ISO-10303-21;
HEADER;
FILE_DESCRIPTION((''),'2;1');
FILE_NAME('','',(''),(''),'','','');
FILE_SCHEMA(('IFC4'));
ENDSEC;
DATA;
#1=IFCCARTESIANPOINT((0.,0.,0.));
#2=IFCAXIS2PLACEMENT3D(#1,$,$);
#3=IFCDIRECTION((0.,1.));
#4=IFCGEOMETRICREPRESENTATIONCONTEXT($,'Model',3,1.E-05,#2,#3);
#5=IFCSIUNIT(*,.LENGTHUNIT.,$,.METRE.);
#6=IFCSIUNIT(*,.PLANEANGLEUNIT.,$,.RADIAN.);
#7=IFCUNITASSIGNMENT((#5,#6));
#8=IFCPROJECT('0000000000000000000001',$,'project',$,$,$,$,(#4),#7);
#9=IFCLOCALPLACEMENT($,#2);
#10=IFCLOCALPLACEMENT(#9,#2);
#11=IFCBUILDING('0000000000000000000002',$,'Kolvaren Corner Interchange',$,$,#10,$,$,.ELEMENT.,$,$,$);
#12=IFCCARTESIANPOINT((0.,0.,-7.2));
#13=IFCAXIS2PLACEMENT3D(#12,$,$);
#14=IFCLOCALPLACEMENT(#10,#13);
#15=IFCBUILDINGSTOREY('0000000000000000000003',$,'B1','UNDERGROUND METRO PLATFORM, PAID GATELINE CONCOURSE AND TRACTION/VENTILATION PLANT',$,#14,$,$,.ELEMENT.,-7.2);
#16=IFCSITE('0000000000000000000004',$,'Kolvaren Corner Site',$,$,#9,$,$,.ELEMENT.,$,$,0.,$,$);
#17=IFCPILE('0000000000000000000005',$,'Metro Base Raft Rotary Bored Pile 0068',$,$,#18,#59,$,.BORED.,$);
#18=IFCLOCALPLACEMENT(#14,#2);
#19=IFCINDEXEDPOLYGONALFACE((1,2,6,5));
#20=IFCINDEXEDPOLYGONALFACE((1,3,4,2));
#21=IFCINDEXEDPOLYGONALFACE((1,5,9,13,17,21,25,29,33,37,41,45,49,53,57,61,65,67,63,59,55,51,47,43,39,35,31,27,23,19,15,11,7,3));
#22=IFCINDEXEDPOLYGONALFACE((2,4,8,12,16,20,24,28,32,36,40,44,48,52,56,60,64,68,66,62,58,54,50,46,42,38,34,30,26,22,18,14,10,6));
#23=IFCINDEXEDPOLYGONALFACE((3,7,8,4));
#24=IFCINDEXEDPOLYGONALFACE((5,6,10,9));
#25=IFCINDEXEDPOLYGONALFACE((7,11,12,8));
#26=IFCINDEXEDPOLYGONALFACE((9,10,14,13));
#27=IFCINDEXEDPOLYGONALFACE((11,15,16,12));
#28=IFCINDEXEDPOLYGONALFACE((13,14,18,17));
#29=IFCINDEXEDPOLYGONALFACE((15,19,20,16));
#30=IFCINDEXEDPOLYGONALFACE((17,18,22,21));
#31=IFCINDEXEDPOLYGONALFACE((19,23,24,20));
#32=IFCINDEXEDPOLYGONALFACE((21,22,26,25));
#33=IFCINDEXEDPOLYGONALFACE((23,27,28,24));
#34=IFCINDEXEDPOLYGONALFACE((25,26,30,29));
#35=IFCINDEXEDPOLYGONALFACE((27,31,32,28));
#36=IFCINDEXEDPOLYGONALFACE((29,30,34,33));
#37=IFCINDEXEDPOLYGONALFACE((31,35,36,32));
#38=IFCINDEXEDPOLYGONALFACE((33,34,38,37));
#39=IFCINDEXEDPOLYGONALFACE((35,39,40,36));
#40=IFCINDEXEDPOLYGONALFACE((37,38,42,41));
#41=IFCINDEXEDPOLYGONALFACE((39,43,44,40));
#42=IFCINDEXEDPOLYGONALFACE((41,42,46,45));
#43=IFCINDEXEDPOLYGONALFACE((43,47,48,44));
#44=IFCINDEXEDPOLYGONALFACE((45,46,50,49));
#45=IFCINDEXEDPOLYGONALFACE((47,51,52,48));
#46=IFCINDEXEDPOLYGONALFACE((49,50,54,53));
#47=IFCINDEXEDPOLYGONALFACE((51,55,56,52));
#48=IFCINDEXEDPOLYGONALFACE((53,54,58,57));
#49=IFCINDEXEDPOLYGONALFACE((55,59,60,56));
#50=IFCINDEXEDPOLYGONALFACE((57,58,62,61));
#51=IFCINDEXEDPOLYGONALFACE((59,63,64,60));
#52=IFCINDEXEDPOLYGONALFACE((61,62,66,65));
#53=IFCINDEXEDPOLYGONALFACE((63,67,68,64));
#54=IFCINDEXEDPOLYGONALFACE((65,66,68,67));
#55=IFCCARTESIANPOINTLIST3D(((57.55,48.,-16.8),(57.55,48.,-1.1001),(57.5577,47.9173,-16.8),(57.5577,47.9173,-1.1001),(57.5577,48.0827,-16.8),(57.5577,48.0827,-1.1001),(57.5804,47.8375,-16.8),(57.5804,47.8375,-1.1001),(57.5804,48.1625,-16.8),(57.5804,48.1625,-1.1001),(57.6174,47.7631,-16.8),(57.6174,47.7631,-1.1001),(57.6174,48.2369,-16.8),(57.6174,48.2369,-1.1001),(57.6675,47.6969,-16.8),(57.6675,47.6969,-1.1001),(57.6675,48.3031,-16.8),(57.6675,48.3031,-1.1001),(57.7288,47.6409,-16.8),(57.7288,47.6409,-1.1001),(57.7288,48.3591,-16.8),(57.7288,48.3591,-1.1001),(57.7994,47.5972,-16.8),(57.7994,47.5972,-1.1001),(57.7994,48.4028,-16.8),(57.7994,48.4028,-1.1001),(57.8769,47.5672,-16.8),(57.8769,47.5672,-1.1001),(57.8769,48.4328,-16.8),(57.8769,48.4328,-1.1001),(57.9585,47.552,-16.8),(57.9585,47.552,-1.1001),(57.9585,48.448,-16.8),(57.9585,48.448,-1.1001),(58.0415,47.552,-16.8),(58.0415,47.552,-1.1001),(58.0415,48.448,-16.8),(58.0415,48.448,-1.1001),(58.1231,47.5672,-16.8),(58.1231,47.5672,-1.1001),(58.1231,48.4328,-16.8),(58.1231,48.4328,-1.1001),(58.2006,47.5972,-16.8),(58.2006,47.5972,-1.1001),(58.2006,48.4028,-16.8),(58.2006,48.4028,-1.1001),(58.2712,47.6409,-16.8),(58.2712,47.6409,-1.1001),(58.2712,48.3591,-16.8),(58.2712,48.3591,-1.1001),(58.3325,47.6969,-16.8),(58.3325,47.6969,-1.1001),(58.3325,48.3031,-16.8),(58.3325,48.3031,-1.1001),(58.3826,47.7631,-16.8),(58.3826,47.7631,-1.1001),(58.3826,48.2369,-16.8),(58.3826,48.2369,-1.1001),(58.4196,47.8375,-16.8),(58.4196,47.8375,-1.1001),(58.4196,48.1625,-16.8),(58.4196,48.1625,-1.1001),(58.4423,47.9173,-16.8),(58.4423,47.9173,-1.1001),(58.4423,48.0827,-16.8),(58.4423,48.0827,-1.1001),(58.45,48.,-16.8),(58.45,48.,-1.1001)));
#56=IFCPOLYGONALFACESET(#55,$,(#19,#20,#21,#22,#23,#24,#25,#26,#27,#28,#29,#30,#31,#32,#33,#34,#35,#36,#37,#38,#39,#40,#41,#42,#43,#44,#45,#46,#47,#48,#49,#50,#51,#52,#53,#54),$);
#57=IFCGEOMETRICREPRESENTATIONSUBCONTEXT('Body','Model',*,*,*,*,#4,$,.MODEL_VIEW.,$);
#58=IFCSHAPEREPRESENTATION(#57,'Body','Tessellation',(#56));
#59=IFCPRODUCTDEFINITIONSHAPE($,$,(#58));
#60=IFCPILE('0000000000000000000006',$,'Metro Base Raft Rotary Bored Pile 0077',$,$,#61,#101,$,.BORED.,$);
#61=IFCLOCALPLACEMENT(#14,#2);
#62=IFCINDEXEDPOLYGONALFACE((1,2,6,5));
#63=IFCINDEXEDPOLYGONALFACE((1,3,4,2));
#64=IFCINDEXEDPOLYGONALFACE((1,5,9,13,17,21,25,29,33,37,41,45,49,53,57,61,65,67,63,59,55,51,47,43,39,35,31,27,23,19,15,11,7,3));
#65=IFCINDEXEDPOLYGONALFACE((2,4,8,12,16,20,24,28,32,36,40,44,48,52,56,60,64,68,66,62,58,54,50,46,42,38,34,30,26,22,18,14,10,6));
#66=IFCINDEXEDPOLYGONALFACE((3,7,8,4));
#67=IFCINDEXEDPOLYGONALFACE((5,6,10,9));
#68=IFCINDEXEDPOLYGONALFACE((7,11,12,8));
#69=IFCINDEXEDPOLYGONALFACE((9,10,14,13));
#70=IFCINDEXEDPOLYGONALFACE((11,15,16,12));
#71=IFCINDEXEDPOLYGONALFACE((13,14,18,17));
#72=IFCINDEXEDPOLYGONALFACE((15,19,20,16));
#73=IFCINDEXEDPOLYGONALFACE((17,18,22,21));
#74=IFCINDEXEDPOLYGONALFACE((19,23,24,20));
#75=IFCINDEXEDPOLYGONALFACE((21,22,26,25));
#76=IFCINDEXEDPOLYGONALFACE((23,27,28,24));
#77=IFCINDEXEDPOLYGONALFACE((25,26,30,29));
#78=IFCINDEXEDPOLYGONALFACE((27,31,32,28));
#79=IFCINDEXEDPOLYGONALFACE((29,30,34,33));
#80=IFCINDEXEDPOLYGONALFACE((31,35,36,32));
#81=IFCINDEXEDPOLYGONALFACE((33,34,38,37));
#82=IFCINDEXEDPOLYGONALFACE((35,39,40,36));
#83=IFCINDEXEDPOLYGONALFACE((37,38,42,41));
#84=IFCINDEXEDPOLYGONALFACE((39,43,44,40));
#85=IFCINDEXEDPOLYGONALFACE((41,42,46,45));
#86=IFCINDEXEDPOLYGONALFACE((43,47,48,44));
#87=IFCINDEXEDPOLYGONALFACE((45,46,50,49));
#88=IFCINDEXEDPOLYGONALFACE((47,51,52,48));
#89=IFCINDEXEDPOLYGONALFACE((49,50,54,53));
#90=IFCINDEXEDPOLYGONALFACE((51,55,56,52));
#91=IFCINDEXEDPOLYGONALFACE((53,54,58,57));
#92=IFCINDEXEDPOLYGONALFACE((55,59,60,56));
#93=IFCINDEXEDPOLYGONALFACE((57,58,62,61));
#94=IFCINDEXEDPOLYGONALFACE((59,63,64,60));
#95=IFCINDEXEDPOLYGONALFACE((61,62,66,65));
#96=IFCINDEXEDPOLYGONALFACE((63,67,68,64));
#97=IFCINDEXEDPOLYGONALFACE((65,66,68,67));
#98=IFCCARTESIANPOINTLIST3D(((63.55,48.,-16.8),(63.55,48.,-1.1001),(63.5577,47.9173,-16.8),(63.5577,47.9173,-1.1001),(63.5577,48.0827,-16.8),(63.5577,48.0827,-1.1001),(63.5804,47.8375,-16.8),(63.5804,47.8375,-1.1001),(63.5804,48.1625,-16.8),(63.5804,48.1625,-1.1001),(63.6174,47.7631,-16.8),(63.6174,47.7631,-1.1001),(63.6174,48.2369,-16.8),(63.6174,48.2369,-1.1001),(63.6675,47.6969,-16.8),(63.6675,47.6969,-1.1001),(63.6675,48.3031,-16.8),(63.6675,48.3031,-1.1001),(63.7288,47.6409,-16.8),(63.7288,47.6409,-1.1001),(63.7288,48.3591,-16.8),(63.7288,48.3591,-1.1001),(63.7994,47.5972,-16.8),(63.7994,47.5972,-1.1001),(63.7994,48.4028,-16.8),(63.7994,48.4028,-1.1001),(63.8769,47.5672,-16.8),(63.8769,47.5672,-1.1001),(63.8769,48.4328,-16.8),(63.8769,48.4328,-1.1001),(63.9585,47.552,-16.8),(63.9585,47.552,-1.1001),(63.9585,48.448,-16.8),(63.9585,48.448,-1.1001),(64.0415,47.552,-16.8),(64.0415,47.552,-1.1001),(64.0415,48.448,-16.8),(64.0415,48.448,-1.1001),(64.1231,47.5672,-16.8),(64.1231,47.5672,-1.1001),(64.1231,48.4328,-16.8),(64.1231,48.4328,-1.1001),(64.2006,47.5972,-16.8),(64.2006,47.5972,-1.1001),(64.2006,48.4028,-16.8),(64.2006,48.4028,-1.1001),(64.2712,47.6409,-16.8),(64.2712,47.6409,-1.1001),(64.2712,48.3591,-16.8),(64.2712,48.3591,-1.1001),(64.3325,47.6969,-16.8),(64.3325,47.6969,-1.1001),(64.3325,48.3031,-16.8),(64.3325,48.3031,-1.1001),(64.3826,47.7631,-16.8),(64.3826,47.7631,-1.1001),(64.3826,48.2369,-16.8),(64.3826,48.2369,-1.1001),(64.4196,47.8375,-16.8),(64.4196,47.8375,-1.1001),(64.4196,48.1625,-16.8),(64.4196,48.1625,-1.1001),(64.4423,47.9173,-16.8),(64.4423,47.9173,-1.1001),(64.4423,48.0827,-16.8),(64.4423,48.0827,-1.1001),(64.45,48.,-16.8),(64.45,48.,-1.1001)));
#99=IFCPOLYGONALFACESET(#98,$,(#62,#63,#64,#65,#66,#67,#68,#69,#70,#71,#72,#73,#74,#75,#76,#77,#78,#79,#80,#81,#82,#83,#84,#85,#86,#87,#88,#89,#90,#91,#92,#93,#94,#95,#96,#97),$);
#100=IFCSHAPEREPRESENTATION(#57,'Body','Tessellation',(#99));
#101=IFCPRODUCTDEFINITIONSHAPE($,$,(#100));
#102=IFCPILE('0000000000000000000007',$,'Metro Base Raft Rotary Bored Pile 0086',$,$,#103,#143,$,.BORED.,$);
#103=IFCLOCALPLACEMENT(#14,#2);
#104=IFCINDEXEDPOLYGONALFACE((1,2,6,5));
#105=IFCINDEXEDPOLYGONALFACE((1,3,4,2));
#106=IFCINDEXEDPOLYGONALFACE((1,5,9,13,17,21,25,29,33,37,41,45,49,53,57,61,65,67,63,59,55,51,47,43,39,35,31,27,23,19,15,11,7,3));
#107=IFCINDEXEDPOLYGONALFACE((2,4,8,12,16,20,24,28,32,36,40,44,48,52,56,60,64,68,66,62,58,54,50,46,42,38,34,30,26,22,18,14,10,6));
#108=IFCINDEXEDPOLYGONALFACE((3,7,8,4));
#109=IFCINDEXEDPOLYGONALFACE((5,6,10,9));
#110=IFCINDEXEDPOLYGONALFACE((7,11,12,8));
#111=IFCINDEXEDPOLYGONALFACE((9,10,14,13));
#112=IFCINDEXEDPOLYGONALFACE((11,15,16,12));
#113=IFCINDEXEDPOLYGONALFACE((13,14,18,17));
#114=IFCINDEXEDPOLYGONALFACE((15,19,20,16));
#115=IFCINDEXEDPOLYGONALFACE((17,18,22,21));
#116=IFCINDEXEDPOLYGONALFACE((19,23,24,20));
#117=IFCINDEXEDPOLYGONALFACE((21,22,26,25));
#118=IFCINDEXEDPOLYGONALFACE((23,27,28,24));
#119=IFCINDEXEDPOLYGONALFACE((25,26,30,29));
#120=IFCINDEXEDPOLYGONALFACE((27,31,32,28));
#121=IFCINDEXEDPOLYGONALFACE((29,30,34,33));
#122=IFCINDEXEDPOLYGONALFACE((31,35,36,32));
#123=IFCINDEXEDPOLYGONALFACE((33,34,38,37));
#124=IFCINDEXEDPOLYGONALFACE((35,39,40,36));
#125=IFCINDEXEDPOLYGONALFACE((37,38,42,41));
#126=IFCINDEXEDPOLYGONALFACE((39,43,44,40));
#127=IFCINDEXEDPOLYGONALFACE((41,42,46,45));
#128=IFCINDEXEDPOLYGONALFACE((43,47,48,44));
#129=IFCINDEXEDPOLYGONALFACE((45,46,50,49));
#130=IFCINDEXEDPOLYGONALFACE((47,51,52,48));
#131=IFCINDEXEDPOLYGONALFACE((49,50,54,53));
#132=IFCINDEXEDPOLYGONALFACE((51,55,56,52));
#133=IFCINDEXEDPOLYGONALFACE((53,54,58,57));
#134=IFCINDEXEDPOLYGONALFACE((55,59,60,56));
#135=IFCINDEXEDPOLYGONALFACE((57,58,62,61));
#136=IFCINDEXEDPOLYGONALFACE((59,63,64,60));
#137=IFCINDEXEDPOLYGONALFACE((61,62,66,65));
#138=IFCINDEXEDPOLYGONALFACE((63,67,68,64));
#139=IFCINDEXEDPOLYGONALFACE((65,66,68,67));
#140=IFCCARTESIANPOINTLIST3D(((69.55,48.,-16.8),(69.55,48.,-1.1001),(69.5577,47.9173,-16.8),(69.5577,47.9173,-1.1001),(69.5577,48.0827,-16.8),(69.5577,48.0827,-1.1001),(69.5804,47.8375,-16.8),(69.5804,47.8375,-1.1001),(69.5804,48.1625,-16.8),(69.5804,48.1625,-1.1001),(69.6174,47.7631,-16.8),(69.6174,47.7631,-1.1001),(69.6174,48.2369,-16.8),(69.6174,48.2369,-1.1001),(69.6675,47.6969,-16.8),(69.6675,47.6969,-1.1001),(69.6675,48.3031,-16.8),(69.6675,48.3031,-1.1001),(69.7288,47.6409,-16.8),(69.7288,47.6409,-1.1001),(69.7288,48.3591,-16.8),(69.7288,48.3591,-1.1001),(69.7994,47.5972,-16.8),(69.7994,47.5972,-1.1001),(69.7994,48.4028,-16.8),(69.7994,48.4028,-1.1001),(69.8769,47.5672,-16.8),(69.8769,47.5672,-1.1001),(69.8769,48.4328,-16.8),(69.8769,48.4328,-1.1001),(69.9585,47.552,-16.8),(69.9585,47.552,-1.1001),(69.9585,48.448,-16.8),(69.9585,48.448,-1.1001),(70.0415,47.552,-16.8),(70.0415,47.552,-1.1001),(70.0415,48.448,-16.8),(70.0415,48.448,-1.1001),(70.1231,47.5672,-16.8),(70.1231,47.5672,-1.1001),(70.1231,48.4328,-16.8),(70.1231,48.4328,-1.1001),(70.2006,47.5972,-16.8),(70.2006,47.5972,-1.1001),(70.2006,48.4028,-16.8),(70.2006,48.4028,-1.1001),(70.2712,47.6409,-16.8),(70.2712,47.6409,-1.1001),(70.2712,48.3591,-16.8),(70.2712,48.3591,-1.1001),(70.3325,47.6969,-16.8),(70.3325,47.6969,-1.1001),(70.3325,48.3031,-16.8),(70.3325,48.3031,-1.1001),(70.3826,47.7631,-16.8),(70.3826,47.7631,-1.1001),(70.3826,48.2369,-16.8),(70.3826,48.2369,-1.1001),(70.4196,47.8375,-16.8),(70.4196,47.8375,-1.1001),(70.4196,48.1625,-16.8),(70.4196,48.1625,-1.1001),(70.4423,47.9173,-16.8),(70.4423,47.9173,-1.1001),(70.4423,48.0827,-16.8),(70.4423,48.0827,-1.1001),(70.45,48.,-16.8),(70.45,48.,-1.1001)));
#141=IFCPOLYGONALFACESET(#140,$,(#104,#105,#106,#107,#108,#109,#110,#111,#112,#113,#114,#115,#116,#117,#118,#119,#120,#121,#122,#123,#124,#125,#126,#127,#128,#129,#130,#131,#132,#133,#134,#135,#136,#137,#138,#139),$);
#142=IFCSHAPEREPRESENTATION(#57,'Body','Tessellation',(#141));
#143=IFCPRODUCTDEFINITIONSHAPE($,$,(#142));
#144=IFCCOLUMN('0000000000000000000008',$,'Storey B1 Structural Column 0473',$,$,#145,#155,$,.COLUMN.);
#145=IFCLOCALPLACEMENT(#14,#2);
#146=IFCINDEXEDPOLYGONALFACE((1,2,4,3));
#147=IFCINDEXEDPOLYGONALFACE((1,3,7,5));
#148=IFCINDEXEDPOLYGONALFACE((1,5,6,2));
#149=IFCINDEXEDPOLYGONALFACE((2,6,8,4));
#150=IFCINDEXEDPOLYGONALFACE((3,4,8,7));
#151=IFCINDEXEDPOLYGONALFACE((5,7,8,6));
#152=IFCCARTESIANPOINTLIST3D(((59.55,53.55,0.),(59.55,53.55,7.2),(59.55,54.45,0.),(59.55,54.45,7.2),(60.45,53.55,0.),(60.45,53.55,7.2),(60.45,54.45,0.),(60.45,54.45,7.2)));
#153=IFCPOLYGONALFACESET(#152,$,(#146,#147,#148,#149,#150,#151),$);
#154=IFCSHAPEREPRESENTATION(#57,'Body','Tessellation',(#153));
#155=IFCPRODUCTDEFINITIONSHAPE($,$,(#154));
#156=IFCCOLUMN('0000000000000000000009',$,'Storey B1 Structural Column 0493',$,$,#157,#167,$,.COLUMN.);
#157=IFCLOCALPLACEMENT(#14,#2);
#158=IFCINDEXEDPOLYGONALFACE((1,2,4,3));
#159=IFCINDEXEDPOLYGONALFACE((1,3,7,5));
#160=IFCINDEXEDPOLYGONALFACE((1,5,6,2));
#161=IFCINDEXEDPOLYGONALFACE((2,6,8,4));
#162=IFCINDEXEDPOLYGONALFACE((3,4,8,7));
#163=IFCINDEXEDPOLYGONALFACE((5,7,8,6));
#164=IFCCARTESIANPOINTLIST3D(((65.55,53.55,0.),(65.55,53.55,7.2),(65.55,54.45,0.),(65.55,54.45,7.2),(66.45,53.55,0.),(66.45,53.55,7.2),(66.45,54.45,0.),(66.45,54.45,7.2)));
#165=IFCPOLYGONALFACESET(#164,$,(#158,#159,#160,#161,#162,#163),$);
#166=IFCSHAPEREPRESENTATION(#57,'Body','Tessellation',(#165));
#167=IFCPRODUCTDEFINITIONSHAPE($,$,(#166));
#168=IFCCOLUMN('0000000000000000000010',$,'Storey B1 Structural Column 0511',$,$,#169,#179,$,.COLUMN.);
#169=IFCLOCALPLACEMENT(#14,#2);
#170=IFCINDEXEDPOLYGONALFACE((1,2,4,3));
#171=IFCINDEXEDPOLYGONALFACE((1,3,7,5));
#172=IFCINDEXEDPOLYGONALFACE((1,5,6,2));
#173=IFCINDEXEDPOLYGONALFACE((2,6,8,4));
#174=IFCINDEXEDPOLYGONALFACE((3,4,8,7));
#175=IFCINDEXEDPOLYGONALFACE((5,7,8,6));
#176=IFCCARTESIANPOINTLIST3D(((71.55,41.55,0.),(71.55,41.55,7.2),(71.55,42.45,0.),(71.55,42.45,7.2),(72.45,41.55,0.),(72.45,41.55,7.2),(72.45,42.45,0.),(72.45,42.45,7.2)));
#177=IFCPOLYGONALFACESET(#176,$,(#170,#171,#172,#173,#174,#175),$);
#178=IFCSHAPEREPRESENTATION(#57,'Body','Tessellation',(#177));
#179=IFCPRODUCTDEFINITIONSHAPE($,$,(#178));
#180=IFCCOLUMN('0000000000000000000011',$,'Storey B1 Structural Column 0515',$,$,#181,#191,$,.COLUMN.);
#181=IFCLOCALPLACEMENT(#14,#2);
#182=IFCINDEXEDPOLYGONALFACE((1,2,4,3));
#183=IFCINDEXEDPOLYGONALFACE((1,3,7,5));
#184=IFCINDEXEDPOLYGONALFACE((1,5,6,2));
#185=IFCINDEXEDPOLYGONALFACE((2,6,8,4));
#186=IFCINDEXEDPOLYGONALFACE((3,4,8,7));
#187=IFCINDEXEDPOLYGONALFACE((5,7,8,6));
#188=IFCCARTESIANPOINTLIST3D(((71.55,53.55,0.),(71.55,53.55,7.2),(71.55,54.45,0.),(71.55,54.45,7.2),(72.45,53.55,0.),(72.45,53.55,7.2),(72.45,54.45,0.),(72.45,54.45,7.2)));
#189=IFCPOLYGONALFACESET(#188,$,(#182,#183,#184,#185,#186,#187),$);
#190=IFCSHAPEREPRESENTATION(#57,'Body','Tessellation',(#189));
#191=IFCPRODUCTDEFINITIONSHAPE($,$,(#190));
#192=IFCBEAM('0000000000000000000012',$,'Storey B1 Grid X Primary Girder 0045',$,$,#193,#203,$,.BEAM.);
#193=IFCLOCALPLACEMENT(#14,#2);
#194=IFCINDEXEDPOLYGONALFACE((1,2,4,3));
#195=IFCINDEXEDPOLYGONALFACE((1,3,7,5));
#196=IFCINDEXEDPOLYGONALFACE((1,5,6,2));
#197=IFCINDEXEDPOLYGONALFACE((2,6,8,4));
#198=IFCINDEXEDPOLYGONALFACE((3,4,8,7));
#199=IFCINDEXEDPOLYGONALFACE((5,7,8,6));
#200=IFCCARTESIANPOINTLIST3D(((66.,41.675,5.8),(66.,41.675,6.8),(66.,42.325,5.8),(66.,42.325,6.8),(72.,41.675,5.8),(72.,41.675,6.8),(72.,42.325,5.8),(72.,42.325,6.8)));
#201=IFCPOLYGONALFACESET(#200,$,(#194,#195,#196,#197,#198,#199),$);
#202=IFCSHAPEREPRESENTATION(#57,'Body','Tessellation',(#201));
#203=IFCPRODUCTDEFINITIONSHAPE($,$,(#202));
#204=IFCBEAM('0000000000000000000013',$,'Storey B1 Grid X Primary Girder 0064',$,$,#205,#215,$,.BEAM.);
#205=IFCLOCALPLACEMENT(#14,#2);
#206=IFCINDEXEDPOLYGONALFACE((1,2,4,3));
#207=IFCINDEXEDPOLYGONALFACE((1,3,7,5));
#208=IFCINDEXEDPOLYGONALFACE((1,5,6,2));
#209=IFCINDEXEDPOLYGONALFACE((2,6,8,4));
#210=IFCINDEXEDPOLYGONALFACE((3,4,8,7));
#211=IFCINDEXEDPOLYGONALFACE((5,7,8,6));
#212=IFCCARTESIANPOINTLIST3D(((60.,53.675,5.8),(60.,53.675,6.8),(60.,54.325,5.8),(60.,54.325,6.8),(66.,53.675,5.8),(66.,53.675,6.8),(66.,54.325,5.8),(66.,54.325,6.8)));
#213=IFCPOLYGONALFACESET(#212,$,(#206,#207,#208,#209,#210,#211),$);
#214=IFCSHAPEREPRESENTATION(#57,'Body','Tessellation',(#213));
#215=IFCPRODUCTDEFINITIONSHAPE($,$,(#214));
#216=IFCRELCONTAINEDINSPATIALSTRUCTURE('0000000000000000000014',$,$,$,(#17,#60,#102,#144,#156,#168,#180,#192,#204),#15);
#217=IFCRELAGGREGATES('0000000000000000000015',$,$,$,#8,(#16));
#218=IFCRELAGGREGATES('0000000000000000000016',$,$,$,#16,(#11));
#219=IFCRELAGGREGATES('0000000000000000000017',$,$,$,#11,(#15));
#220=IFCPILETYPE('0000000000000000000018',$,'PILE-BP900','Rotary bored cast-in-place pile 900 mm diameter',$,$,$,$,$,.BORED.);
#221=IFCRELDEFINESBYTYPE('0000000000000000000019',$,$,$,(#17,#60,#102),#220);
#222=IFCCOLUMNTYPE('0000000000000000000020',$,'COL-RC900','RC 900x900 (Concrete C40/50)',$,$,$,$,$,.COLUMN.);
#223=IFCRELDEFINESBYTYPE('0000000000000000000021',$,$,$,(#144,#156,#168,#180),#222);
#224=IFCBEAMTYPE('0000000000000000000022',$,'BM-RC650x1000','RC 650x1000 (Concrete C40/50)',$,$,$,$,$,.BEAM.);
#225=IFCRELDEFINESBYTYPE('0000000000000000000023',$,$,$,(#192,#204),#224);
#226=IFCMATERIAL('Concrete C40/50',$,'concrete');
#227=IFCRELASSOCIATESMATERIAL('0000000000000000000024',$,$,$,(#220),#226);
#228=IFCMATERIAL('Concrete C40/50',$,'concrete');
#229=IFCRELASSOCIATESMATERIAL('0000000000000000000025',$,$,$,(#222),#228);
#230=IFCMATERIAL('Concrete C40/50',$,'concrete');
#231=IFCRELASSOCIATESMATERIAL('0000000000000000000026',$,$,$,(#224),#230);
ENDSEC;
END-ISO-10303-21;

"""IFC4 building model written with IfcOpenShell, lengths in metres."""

from ifc_helpers import new_model, si_unit, direction, frame, origin, origin_2d, place, context, subcontext, project, spatial, rectangle, circle, extrude, material, material_profile, profile_set, type_object, element, save


model = new_model("IFC4")

# Units and contexts
model_context = context("Model", 3, precision=1e-05, world=origin(), true_north=direction((0.0, 1.0)))
body_context = subcontext(model_context, "Body", "Model", "MODEL_VIEW")
ifc_project = project(units=[si_unit("LENGTHUNIT", "METRE"), si_unit("PLANEANGLEUNIT", "RADIAN")], contexts=[model_context])

# Site, building, storey
site_placement = place(None, origin())
site = spatial("IfcSite", under=ifc_project, at=site_placement, Name="Kolvaren Corner Site", CompositionType="ELEMENT", RefElevation=0.0)
building_placement = place(site_placement, origin())
building = spatial("IfcBuilding", under=site, at=building_placement, Name="Kolvaren Corner Interchange", CompositionType="ELEMENT")
storey_placement = place(building_placement, frame((0.0, 0.0, -7.2)))
storey = spatial("IfcBuildingStorey", under=building, at=storey_placement, Name="B1", Description="UNDERGROUND METRO PLATFORM, PAID GATELINE CONCOURSE AND TRACTION/VENTILATION PLANT", CompositionType="ELEMENT", Elevation=-7.2)

# Piles
ifc_material_1 = material(Name="Concrete C40/50", Category="concrete")
ifc_material_profile_1 = material_profile(ifc_material_1, circle(Radius=0.45, at=origin_2d()), Name="BORED PILE 900")
ifc_profile_set_1 = profile_set([ifc_material_profile_1], Name="Concrete C40/50")
pile_type_1 = type_object("IfcPileType", Name="PILE-BP900", Description="Rotary bored cast-in-place pile 900 mm diameter", PredefinedType="BORED", material=ifc_profile_set_1)
for number, where, z_axis, x_axis, name in (
    (1, (58.0, 48.0, -1.1001), (0.0, 0.0, -1.0), (1.0, 0.0, 0.0), "Metro Base Raft Rotary Bored Pile 0068"),
    (2, (64.0, 48.0, -1.1001), (0.0, 0.0, -1.0), (1.0, 0.0, 0.0), "Metro Base Raft Rotary Bored Pile 0077"),
    (3, (70.0, 48.0, -1.1001), (0.0, 0.0, -1.0), (1.0, 0.0, 0.0), "Metro Base Raft Rotary Bored Pile 0086"),
):
    element("IfcPile", number, at=place(storey_placement, frame(where, z_axis=z_axis, x_axis=x_axis)), inside=storey, type_object=pile_type_1, Name=name, PredefinedType="BORED", context=body_context, shape_type="SweptSolid", body=[
        extrude(circle(Radius=0.45, at=origin_2d()), origin(), (0.0, 0.0, 1.0), 15.7),
    ])

# Columns
ifc_material_2 = material(Name="Concrete C40/50", Category="concrete")
ifc_material_profile_2 = material_profile(ifc_material_2, rectangle(XDim=0.8999, YDim=0.8999, at=origin_2d()), Name="RC 900x900")
ifc_profile_set_2 = profile_set([ifc_material_profile_2], Name="Concrete C40/50")
column_type = type_object("IfcColumnType", Name="COL-RC900", Description="RC 900x900 (Concrete C40/50)", PredefinedType="COLUMN", material=ifc_profile_set_2)
for number, where, z_axis, x_axis, name in (
    (4, (60.0, 54.0, 0.0), (0.0, 0.0, 1.0), (1.0, 0.0, 0.0), "Storey B1 Structural Column 0473"),
    (5, (66.0, 54.0, 0.0), (0.0, 0.0, 1.0), (1.0, 0.0, 0.0), "Storey B1 Structural Column 0493"),
    (6, (72.0, 42.0, 0.0), (0.0, 0.0, 1.0), (1.0, 0.0, 0.0), "Storey B1 Structural Column 0511"),
    (7, (72.0, 54.0, 0.0), (0.0, 0.0, 1.0), (1.0, 0.0, 0.0), "Storey B1 Structural Column 0515"),
):
    element("IfcColumn", number, at=place(storey_placement, frame(where, z_axis=z_axis, x_axis=x_axis)), inside=storey, type_object=column_type, Name=name, PredefinedType="COLUMN", context=body_context, shape_type="SweptSolid", body=[
        extrude(rectangle(XDim=0.8999, YDim=0.8999, at=origin_2d()), origin(), (0.0, 0.0, 1.0), 7.2),
    ])

# Beams
ifc_material_3 = material(Name="Concrete C40/50", Category="concrete")
ifc_material_profile_3 = material_profile(ifc_material_3, rectangle(XDim=0.6499, YDim=1.0, at=origin_2d()), Name="RC 650x1000")
ifc_profile_set_3 = profile_set([ifc_material_profile_3], Name="Concrete C40/50")
beam_type_1 = type_object("IfcBeamType", Name="BM-RC650x1000", Description="RC 650x1000 (Concrete C40/50)", PredefinedType="BEAM", material=ifc_profile_set_3)
for number, where, z_axis, x_axis, name in (
    (8, (66.0, 42.0, 6.3), (1.0, 0.0, 0.0), (0.0, 1.0, 0.0), "Storey B1 Grid X Primary Girder 0045"),
    (9, (60.0, 54.0, 6.3), (1.0, 0.0, 0.0), (0.0, 1.0, 0.0), "Storey B1 Grid X Primary Girder 0064"),
):
    element("IfcBeam", number, at=place(storey_placement, frame(where, z_axis=z_axis, x_axis=x_axis)), inside=storey, type_object=beam_type_1, Name=name, PredefinedType="BEAM", context=body_context, shape_type="SweptSolid", body=[
        extrude(rectangle(XDim=0.6499, YDim=1.0, at=origin_2d()), origin(), (0.0, 0.0, 1.0), 6.0),
    ])

save(model, "model.ifc")
